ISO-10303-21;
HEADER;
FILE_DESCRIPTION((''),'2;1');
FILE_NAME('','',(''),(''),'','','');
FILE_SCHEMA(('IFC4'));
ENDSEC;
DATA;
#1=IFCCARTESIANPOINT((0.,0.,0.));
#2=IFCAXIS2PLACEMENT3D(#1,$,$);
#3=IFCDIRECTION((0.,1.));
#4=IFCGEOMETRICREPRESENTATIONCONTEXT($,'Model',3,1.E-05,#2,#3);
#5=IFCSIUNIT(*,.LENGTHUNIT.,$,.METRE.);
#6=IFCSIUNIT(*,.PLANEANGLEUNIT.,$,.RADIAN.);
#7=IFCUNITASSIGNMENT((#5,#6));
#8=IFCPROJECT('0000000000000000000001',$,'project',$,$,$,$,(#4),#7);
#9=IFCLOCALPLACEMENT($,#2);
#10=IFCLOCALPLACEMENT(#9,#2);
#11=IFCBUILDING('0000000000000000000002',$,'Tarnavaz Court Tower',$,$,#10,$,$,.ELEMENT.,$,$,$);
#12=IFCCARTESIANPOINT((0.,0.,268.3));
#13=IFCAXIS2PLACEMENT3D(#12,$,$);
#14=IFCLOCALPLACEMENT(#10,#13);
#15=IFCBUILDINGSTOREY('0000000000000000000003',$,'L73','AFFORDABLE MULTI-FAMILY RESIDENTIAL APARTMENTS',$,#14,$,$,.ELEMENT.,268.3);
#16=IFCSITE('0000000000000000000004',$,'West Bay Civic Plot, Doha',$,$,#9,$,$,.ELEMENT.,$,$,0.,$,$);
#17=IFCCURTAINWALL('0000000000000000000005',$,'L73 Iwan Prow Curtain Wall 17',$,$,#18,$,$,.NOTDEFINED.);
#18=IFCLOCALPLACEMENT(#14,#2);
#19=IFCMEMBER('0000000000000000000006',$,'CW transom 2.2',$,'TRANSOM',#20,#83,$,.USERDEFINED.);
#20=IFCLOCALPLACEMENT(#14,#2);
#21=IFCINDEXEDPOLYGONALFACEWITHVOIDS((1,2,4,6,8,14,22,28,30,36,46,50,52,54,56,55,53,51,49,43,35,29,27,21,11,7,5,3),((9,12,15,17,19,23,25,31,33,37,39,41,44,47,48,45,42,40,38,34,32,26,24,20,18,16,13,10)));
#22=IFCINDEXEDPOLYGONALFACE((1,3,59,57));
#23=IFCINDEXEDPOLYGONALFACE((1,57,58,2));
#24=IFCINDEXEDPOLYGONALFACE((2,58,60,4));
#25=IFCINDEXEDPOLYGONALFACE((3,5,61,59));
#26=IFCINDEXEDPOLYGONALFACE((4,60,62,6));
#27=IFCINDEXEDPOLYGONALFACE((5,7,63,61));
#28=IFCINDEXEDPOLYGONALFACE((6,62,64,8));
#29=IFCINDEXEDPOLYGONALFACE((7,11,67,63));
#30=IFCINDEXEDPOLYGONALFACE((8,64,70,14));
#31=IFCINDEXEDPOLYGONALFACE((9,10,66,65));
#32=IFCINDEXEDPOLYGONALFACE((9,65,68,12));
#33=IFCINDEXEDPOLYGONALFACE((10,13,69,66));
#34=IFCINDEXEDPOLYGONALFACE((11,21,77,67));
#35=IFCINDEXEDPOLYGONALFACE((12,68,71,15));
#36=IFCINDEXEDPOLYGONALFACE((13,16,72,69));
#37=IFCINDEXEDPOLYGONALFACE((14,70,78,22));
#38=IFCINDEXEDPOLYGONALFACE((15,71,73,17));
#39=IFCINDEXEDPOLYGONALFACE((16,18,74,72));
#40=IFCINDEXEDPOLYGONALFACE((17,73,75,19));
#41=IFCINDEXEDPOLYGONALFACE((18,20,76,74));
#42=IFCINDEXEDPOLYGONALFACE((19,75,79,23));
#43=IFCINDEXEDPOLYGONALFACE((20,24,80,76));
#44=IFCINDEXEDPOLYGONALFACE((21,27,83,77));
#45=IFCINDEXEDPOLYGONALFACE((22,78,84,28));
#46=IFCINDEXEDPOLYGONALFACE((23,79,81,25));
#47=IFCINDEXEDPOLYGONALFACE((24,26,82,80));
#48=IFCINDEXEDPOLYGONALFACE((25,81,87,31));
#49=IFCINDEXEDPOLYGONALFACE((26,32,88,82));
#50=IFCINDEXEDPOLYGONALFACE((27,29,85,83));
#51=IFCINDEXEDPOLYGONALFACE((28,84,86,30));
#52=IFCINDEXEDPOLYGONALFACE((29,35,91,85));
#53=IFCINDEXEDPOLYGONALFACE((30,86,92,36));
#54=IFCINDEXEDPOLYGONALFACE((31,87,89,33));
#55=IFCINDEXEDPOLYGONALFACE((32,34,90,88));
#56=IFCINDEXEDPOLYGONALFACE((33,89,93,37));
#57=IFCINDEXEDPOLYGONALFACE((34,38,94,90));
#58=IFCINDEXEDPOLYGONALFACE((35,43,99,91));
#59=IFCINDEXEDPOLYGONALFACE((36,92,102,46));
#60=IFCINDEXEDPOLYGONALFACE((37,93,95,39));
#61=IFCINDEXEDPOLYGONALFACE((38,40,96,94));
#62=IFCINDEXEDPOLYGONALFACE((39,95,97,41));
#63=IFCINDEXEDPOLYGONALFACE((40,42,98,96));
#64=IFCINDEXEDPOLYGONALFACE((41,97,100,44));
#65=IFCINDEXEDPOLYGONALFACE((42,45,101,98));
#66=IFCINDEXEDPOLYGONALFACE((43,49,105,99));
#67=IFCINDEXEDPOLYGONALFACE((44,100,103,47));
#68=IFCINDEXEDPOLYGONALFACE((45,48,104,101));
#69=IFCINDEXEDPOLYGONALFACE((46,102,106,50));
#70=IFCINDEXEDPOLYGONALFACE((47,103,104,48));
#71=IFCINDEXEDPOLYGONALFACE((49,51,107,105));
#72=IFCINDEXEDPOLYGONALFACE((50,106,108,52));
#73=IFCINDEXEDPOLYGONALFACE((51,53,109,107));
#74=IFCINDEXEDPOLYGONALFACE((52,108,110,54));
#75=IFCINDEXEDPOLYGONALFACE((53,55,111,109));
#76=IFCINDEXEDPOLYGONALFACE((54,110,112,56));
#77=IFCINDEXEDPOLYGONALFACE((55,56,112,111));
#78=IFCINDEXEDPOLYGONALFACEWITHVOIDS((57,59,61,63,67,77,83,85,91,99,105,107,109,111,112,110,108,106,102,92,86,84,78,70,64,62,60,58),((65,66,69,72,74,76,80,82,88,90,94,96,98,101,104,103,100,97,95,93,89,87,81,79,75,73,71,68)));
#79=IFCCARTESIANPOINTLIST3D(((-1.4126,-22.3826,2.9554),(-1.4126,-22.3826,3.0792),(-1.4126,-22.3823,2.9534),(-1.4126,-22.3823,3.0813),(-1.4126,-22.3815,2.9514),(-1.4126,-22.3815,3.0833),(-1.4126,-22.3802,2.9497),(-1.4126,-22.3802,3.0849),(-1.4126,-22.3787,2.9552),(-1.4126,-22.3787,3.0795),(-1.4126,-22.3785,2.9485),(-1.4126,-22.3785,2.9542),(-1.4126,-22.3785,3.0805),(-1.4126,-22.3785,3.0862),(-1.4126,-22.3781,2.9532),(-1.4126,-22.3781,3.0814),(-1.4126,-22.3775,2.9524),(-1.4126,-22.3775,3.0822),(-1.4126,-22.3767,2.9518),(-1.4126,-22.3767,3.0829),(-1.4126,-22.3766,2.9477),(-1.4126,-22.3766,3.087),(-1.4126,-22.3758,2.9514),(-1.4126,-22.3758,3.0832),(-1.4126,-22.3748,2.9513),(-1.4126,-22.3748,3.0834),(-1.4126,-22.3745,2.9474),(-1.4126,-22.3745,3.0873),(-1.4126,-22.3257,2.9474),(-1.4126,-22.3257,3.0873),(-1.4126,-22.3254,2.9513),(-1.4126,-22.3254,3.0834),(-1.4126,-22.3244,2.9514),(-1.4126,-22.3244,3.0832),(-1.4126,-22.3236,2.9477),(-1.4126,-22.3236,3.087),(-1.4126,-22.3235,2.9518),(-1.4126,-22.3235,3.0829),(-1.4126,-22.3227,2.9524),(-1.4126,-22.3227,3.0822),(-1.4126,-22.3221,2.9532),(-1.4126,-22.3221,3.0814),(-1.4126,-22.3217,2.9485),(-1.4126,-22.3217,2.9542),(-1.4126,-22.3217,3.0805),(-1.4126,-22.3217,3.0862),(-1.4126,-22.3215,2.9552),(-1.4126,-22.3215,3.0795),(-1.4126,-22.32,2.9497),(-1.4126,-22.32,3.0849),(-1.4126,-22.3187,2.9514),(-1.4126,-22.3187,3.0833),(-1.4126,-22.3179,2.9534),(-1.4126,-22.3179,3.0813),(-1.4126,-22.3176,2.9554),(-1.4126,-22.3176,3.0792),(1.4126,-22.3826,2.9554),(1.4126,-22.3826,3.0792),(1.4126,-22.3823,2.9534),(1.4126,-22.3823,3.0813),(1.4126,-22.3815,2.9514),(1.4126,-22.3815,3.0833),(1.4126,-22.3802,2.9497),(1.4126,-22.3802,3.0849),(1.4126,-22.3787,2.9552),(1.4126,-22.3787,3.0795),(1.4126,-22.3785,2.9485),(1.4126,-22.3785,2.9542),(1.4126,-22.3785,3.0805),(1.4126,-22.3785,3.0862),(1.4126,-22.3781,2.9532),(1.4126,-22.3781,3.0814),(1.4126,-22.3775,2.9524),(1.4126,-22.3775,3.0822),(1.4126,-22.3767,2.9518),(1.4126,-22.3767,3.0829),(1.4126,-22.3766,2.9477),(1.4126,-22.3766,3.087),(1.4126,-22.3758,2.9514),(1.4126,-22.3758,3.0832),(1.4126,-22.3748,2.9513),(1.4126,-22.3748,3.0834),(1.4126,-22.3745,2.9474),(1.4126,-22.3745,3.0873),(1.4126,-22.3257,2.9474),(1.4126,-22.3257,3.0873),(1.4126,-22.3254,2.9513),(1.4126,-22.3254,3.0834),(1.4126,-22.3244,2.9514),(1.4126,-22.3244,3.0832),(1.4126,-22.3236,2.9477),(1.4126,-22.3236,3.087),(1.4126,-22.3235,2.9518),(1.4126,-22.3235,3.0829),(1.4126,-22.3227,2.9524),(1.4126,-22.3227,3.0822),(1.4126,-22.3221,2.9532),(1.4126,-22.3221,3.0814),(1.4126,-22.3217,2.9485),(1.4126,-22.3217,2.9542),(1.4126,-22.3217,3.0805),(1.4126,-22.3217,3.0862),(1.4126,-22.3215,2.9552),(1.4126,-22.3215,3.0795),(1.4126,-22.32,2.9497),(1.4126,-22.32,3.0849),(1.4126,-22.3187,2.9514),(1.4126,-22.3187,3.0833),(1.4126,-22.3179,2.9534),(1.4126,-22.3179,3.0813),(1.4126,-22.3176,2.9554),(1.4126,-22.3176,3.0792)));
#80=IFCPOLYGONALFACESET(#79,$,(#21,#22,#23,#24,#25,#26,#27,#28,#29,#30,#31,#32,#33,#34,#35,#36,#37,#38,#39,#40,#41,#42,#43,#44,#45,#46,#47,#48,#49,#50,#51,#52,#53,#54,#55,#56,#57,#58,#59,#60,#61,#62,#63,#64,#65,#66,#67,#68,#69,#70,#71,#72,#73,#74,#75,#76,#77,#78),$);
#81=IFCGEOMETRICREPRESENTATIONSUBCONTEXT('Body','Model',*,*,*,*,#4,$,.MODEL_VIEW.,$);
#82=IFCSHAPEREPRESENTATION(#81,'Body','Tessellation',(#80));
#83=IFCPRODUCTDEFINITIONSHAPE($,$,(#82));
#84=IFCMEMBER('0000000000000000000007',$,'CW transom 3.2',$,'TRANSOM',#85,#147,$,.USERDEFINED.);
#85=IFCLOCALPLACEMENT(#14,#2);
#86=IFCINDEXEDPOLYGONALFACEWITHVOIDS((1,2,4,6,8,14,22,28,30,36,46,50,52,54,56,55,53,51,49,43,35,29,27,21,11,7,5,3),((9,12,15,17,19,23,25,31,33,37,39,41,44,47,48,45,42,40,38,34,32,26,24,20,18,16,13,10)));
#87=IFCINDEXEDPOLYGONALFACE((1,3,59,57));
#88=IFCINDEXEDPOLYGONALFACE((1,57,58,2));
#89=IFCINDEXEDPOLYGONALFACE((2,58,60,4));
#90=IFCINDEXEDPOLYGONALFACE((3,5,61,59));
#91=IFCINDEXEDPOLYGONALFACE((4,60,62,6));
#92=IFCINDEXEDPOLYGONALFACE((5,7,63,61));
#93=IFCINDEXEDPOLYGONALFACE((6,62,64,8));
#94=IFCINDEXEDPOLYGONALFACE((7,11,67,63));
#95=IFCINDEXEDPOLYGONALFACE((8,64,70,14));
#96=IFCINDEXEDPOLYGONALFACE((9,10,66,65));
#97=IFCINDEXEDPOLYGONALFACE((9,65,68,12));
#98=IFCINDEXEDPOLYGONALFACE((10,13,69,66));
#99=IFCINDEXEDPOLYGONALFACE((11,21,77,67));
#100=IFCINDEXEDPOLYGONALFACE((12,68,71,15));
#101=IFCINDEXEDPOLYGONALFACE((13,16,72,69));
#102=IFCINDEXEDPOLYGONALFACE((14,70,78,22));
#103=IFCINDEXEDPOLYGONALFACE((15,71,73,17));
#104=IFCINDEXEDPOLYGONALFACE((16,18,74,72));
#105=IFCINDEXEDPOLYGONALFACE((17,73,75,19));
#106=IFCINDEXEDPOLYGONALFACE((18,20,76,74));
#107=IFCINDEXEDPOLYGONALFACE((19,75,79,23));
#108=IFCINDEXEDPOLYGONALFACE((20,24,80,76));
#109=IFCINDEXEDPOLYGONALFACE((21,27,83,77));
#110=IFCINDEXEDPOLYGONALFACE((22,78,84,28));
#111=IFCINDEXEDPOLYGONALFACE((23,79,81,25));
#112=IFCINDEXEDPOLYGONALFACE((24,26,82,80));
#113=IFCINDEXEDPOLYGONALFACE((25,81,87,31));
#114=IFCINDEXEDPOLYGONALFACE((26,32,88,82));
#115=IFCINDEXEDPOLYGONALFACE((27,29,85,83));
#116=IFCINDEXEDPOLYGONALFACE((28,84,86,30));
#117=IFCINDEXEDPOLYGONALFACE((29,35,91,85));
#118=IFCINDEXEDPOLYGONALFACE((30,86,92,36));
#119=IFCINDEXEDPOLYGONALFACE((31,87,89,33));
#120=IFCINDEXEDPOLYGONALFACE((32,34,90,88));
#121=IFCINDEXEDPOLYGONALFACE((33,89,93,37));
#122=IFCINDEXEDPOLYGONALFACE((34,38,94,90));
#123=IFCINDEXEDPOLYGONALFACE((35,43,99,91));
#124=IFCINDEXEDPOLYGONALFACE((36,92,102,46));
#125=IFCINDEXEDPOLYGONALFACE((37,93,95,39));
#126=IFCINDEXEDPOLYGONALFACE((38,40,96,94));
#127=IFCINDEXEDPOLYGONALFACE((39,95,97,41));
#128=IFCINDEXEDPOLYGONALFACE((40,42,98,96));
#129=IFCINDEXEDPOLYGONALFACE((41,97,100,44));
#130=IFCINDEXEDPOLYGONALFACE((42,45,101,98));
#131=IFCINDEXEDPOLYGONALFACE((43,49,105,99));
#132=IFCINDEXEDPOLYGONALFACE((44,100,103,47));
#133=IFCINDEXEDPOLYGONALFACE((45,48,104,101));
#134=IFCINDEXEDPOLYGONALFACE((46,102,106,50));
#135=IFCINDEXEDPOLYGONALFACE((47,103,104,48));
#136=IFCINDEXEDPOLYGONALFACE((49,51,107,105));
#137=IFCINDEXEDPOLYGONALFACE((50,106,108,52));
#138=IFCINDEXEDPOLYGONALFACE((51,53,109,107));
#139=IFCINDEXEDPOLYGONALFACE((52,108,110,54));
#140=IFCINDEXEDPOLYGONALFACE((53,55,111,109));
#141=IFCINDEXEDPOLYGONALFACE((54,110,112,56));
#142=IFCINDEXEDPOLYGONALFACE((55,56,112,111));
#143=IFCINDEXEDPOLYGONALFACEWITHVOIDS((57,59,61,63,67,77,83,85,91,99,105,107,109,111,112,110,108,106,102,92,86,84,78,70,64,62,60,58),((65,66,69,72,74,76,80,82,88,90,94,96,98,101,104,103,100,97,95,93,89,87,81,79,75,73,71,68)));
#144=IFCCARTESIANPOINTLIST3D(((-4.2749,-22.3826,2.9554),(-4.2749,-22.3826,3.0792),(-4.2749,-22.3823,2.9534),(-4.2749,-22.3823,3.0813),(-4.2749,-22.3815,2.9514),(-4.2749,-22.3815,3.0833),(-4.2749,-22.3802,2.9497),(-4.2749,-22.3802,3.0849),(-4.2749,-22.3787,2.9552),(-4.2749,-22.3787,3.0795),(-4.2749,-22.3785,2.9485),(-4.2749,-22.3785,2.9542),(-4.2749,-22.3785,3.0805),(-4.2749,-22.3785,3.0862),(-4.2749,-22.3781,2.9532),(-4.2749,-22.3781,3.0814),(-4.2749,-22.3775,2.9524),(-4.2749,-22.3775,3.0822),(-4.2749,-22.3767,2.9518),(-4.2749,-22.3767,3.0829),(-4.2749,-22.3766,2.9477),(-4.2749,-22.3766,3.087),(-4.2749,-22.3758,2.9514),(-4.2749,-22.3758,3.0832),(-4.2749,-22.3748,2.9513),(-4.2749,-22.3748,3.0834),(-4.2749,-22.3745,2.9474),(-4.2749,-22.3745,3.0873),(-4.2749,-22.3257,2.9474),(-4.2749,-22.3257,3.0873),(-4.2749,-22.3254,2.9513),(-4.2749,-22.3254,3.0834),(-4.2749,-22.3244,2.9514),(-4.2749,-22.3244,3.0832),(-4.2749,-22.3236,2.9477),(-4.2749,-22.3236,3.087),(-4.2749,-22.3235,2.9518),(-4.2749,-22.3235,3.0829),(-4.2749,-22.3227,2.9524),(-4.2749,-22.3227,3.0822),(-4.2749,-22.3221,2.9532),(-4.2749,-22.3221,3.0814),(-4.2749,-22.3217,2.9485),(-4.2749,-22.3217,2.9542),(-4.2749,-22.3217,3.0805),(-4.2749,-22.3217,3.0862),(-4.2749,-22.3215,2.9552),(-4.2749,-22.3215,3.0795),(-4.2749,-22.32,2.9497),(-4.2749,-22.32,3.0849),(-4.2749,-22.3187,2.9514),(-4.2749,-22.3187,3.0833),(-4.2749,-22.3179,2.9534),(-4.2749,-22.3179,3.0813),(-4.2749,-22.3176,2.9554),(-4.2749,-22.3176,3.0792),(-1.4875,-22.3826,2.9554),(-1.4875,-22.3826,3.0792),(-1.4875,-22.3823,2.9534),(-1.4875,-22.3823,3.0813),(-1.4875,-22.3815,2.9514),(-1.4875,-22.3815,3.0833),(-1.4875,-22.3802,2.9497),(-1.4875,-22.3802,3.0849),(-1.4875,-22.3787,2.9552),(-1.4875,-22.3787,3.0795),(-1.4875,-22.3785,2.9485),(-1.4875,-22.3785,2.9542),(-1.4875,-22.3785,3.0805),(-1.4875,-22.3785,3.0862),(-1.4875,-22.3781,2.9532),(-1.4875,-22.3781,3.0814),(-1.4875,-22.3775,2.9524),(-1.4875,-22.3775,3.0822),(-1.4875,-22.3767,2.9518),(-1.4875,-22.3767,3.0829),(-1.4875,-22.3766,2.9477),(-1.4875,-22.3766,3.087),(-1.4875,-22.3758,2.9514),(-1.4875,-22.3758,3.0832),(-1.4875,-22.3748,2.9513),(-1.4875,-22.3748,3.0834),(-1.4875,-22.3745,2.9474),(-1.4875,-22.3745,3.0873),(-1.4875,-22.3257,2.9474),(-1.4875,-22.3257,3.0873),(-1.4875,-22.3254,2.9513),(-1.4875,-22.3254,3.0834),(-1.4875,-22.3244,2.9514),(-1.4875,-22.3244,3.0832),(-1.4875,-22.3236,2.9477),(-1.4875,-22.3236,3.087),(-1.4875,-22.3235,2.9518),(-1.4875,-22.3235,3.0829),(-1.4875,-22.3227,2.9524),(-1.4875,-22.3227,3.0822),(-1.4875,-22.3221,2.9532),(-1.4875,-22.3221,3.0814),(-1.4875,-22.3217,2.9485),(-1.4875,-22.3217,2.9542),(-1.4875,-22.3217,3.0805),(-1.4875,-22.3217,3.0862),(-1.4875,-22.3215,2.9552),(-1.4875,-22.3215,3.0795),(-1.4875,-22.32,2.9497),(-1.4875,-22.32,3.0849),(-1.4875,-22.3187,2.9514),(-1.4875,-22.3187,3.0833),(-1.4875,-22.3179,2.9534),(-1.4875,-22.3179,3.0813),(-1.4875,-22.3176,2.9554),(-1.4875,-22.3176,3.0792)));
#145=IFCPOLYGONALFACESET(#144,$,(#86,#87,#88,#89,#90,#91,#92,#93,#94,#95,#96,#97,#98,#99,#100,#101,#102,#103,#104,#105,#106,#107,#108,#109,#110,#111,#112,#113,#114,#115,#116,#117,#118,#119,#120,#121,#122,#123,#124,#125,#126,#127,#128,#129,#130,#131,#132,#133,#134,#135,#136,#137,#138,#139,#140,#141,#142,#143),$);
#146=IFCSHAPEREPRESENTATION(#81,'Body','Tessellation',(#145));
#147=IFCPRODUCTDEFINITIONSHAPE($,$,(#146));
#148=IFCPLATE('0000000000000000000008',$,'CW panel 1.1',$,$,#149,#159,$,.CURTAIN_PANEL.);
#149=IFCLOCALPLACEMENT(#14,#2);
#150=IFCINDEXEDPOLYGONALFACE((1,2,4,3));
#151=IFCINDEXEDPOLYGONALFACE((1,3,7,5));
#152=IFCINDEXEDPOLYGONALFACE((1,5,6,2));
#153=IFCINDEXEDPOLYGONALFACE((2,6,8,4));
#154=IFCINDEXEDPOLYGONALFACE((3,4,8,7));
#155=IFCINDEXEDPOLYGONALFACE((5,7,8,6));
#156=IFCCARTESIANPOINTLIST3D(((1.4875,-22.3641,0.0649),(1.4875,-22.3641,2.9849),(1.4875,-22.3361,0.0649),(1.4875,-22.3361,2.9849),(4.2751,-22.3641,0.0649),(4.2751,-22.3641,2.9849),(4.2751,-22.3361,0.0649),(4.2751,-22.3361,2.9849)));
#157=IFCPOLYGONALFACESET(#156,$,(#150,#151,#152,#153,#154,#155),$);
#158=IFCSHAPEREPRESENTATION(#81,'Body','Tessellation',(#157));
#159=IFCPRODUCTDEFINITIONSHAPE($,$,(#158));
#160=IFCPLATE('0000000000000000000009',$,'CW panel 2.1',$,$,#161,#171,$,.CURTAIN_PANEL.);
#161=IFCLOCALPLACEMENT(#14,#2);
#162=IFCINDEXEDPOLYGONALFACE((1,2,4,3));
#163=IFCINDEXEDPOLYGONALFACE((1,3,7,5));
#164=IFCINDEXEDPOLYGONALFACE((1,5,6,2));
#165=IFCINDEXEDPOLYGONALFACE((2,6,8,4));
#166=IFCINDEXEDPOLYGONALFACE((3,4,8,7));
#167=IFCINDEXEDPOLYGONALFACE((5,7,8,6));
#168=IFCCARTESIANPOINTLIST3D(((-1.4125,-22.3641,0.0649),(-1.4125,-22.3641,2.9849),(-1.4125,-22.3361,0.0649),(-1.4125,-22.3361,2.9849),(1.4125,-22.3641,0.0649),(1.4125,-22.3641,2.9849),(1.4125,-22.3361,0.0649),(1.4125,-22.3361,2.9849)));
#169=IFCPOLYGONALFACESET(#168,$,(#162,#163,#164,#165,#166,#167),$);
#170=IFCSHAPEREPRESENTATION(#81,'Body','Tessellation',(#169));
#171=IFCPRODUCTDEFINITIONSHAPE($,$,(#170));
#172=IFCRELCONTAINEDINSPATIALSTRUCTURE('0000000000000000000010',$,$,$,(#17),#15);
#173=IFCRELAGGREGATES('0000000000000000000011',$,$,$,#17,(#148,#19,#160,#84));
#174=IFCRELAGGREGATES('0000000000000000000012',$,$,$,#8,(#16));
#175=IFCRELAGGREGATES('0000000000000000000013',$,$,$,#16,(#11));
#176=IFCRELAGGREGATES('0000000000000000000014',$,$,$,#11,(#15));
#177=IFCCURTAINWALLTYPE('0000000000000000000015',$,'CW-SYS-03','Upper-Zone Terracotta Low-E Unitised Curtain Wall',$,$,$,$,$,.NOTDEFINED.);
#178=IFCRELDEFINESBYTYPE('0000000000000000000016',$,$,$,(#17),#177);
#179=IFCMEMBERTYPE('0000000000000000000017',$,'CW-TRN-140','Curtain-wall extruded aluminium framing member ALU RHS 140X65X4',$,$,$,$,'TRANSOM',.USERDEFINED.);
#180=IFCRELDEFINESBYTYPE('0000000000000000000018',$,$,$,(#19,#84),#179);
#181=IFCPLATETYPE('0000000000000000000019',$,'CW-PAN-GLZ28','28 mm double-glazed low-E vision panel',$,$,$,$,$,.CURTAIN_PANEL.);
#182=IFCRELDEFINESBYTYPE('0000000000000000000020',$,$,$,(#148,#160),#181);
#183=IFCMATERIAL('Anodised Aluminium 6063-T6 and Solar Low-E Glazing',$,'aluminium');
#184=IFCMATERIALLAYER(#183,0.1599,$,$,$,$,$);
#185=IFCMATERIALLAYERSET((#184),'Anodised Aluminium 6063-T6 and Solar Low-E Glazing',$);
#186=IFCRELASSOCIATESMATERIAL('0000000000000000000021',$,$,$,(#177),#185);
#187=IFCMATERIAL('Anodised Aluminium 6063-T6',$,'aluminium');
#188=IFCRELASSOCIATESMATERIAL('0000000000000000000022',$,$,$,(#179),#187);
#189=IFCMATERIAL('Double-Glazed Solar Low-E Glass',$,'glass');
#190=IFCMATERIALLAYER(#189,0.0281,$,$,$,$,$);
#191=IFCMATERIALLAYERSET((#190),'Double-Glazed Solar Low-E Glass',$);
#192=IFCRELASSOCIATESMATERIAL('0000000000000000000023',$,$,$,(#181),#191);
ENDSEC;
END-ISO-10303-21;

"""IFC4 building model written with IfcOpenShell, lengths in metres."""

from ifc_helpers import new_model, si_unit, direction, frame, origin, origin_2d, place, context, subcontext, project, spatial, rectangle, hollow_rectangle, extrude, material, layer, layer_set, material_profile, profile_set, type_object, element, aggregate, save


model = new_model("IFC4")

# Units and contexts
model_context = context("Model", 3, precision=1e-05, world=origin(), true_north=direction((0.0, 1.0)))
body_context = subcontext(model_context, "Body", "Model", "MODEL_VIEW")
ifc_project = project(units=[si_unit("LENGTHUNIT", "METRE"), si_unit("PLANEANGLEUNIT", "RADIAN")], contexts=[model_context])

# Site, building, storey
site_placement = place(None, origin())
site = spatial("IfcSite", under=ifc_project, at=site_placement, Name="West Bay Civic Plot, Doha", CompositionType="ELEMENT", RefElevation=0.0)
building_placement = place(site_placement, origin())
building = spatial("IfcBuilding", under=site, at=building_placement, Name="Tarnavaz Court Tower", CompositionType="ELEMENT")
storey_placement = place(building_placement, frame((0.0, 0.0, 268.3)))
storey = spatial("IfcBuildingStorey", under=building, at=storey_placement, Name="L73", Description="AFFORDABLE MULTI-FAMILY RESIDENTIAL APARTMENTS", CompositionType="ELEMENT", Elevation=268.3)

# Curtain wall, members, plates
ifc_material_1 = material(Name="Anodised Aluminium 6063-T6 and Solar Low-E Glazing", Category="aluminium")
ifc_layer_1 = layer(ifc_material_1, 0.1599)
ifc_layer_set_1 = layer_set([ifc_layer_1], Name="Anodised Aluminium 6063-T6 and Solar Low-E Glazing")
curtain_wall_type = type_object("IfcCurtainWallType", Name="CW-SYS-03", Description="Upper-Zone Terracotta Low-E Unitised Curtain Wall", PredefinedType="NOTDEFINED", material=ifc_layer_set_1)
curtain_wall_placement = place(storey_placement, origin())
curtain_wall = element("IfcCurtainWall", 1, at=curtain_wall_placement, inside=storey, type_object=curtain_wall_type, Name="L73 Iwan Prow Curtain Wall 17", PredefinedType="NOTDEFINED")
ifc_material_2 = material(Name="Anodised Aluminium 6063-T6", Category="aluminium")
ifc_material_profile_1 = material_profile(ifc_material_2, hollow_rectangle(XDim=0.0649, YDim=0.1399, WallThickness=0.0039, InnerFilletRadius=0.0039, OuterFilletRadius=0.0081, at=origin_2d()), Name="ALU RHS 140X65X4")
ifc_profile_set_1 = profile_set([ifc_material_profile_1], Name="Anodised Aluminium 6063-T6")
member_type_1 = type_object("IfcMemberType", Name="CW-TRN-140", Description="Curtain-wall extruded aluminium framing member ALU RHS 140X65X4", ElementType="TRANSOM", PredefinedType="USERDEFINED", material=ifc_profile_set_1)
member_1_placement = place(storey_placement, frame((1.4126, -22.3501, 3.0173), z_axis=(-1.0, 0.0, 0.0), x_axis=(0.0, -1.0, 0.0)))
member_1 = element("IfcMember", 2, at=member_1_placement, type_object=member_type_1, Name="CW transom 2.2", ObjectType="TRANSOM", PredefinedType="USERDEFINED", context=body_context, shape_type="SweptSolid", body=[
    extrude(hollow_rectangle(XDim=0.0649, YDim=0.1399, WallThickness=0.0039, InnerFilletRadius=0.0039, OuterFilletRadius=0.0081, at=origin_2d()), origin(), (0.0, 0.0, 1.0), 2.8252),
])
member_2_placement = place(storey_placement, frame((-1.4875, -22.3501, 3.0173), z_axis=(-1.0, 0.0, 0.0), x_axis=(0.0, -1.0, 0.0)))
member_2 = element("IfcMember", 3, at=member_2_placement, type_object=member_type_1, Name="CW transom 3.2", ObjectType="TRANSOM", PredefinedType="USERDEFINED", context=body_context, shape_type="SweptSolid", body=[
    extrude(hollow_rectangle(XDim=0.0649, YDim=0.1399, WallThickness=0.0039, InnerFilletRadius=0.0039, OuterFilletRadius=0.0081, at=origin_2d()), origin(), (0.0, 0.0, 1.0), 2.7874),
])
ifc_material_3 = material(Name="Double-Glazed Solar Low-E Glass", Category="glass")
ifc_layer_2 = layer(ifc_material_3, 0.0281)
ifc_layer_set_2 = layer_set([ifc_layer_2], Name="Double-Glazed Solar Low-E Glass")
plate_type = type_object("IfcPlateType", Name="CW-PAN-GLZ28", Description="28 mm double-glazed low-E vision panel", PredefinedType="CURTAIN_PANEL", material=ifc_layer_set_2)
plate_1_placement = place(storey_placement, frame((2.8813, -22.3501, 0.0649), z_axis=(0.0, 0.0, 1.0), x_axis=(-1.0, 0.0, 0.0)))
plate_1 = element("IfcPlate", 4, at=plate_1_placement, type_object=plate_type, Name="CW panel 1.1", PredefinedType="CURTAIN_PANEL", context=body_context, shape_type="SweptSolid", body=[
    extrude(rectangle(XDim=2.7876, YDim=0.0281, at=origin_2d()), origin(), (0.0, 0.0, 1.0), 2.9199),
])
plate_2_placement = place(storey_placement, frame((0.0, -22.3501, 0.0649), z_axis=(0.0, 0.0, 1.0), x_axis=(-1.0, 0.0, 0.0)))
plate_2 = element("IfcPlate", 5, at=plate_2_placement, type_object=plate_type, Name="CW panel 2.1", PredefinedType="CURTAIN_PANEL", context=body_context, shape_type="SweptSolid", body=[
    extrude(rectangle(XDim=2.825, YDim=0.0281, at=origin_2d()), origin(), (0.0, 0.0, 1.0), 2.9199),
])
aggregate(curtain_wall, [plate_1, member_1, plate_2, member_2])

save(model, "model.ifc")
